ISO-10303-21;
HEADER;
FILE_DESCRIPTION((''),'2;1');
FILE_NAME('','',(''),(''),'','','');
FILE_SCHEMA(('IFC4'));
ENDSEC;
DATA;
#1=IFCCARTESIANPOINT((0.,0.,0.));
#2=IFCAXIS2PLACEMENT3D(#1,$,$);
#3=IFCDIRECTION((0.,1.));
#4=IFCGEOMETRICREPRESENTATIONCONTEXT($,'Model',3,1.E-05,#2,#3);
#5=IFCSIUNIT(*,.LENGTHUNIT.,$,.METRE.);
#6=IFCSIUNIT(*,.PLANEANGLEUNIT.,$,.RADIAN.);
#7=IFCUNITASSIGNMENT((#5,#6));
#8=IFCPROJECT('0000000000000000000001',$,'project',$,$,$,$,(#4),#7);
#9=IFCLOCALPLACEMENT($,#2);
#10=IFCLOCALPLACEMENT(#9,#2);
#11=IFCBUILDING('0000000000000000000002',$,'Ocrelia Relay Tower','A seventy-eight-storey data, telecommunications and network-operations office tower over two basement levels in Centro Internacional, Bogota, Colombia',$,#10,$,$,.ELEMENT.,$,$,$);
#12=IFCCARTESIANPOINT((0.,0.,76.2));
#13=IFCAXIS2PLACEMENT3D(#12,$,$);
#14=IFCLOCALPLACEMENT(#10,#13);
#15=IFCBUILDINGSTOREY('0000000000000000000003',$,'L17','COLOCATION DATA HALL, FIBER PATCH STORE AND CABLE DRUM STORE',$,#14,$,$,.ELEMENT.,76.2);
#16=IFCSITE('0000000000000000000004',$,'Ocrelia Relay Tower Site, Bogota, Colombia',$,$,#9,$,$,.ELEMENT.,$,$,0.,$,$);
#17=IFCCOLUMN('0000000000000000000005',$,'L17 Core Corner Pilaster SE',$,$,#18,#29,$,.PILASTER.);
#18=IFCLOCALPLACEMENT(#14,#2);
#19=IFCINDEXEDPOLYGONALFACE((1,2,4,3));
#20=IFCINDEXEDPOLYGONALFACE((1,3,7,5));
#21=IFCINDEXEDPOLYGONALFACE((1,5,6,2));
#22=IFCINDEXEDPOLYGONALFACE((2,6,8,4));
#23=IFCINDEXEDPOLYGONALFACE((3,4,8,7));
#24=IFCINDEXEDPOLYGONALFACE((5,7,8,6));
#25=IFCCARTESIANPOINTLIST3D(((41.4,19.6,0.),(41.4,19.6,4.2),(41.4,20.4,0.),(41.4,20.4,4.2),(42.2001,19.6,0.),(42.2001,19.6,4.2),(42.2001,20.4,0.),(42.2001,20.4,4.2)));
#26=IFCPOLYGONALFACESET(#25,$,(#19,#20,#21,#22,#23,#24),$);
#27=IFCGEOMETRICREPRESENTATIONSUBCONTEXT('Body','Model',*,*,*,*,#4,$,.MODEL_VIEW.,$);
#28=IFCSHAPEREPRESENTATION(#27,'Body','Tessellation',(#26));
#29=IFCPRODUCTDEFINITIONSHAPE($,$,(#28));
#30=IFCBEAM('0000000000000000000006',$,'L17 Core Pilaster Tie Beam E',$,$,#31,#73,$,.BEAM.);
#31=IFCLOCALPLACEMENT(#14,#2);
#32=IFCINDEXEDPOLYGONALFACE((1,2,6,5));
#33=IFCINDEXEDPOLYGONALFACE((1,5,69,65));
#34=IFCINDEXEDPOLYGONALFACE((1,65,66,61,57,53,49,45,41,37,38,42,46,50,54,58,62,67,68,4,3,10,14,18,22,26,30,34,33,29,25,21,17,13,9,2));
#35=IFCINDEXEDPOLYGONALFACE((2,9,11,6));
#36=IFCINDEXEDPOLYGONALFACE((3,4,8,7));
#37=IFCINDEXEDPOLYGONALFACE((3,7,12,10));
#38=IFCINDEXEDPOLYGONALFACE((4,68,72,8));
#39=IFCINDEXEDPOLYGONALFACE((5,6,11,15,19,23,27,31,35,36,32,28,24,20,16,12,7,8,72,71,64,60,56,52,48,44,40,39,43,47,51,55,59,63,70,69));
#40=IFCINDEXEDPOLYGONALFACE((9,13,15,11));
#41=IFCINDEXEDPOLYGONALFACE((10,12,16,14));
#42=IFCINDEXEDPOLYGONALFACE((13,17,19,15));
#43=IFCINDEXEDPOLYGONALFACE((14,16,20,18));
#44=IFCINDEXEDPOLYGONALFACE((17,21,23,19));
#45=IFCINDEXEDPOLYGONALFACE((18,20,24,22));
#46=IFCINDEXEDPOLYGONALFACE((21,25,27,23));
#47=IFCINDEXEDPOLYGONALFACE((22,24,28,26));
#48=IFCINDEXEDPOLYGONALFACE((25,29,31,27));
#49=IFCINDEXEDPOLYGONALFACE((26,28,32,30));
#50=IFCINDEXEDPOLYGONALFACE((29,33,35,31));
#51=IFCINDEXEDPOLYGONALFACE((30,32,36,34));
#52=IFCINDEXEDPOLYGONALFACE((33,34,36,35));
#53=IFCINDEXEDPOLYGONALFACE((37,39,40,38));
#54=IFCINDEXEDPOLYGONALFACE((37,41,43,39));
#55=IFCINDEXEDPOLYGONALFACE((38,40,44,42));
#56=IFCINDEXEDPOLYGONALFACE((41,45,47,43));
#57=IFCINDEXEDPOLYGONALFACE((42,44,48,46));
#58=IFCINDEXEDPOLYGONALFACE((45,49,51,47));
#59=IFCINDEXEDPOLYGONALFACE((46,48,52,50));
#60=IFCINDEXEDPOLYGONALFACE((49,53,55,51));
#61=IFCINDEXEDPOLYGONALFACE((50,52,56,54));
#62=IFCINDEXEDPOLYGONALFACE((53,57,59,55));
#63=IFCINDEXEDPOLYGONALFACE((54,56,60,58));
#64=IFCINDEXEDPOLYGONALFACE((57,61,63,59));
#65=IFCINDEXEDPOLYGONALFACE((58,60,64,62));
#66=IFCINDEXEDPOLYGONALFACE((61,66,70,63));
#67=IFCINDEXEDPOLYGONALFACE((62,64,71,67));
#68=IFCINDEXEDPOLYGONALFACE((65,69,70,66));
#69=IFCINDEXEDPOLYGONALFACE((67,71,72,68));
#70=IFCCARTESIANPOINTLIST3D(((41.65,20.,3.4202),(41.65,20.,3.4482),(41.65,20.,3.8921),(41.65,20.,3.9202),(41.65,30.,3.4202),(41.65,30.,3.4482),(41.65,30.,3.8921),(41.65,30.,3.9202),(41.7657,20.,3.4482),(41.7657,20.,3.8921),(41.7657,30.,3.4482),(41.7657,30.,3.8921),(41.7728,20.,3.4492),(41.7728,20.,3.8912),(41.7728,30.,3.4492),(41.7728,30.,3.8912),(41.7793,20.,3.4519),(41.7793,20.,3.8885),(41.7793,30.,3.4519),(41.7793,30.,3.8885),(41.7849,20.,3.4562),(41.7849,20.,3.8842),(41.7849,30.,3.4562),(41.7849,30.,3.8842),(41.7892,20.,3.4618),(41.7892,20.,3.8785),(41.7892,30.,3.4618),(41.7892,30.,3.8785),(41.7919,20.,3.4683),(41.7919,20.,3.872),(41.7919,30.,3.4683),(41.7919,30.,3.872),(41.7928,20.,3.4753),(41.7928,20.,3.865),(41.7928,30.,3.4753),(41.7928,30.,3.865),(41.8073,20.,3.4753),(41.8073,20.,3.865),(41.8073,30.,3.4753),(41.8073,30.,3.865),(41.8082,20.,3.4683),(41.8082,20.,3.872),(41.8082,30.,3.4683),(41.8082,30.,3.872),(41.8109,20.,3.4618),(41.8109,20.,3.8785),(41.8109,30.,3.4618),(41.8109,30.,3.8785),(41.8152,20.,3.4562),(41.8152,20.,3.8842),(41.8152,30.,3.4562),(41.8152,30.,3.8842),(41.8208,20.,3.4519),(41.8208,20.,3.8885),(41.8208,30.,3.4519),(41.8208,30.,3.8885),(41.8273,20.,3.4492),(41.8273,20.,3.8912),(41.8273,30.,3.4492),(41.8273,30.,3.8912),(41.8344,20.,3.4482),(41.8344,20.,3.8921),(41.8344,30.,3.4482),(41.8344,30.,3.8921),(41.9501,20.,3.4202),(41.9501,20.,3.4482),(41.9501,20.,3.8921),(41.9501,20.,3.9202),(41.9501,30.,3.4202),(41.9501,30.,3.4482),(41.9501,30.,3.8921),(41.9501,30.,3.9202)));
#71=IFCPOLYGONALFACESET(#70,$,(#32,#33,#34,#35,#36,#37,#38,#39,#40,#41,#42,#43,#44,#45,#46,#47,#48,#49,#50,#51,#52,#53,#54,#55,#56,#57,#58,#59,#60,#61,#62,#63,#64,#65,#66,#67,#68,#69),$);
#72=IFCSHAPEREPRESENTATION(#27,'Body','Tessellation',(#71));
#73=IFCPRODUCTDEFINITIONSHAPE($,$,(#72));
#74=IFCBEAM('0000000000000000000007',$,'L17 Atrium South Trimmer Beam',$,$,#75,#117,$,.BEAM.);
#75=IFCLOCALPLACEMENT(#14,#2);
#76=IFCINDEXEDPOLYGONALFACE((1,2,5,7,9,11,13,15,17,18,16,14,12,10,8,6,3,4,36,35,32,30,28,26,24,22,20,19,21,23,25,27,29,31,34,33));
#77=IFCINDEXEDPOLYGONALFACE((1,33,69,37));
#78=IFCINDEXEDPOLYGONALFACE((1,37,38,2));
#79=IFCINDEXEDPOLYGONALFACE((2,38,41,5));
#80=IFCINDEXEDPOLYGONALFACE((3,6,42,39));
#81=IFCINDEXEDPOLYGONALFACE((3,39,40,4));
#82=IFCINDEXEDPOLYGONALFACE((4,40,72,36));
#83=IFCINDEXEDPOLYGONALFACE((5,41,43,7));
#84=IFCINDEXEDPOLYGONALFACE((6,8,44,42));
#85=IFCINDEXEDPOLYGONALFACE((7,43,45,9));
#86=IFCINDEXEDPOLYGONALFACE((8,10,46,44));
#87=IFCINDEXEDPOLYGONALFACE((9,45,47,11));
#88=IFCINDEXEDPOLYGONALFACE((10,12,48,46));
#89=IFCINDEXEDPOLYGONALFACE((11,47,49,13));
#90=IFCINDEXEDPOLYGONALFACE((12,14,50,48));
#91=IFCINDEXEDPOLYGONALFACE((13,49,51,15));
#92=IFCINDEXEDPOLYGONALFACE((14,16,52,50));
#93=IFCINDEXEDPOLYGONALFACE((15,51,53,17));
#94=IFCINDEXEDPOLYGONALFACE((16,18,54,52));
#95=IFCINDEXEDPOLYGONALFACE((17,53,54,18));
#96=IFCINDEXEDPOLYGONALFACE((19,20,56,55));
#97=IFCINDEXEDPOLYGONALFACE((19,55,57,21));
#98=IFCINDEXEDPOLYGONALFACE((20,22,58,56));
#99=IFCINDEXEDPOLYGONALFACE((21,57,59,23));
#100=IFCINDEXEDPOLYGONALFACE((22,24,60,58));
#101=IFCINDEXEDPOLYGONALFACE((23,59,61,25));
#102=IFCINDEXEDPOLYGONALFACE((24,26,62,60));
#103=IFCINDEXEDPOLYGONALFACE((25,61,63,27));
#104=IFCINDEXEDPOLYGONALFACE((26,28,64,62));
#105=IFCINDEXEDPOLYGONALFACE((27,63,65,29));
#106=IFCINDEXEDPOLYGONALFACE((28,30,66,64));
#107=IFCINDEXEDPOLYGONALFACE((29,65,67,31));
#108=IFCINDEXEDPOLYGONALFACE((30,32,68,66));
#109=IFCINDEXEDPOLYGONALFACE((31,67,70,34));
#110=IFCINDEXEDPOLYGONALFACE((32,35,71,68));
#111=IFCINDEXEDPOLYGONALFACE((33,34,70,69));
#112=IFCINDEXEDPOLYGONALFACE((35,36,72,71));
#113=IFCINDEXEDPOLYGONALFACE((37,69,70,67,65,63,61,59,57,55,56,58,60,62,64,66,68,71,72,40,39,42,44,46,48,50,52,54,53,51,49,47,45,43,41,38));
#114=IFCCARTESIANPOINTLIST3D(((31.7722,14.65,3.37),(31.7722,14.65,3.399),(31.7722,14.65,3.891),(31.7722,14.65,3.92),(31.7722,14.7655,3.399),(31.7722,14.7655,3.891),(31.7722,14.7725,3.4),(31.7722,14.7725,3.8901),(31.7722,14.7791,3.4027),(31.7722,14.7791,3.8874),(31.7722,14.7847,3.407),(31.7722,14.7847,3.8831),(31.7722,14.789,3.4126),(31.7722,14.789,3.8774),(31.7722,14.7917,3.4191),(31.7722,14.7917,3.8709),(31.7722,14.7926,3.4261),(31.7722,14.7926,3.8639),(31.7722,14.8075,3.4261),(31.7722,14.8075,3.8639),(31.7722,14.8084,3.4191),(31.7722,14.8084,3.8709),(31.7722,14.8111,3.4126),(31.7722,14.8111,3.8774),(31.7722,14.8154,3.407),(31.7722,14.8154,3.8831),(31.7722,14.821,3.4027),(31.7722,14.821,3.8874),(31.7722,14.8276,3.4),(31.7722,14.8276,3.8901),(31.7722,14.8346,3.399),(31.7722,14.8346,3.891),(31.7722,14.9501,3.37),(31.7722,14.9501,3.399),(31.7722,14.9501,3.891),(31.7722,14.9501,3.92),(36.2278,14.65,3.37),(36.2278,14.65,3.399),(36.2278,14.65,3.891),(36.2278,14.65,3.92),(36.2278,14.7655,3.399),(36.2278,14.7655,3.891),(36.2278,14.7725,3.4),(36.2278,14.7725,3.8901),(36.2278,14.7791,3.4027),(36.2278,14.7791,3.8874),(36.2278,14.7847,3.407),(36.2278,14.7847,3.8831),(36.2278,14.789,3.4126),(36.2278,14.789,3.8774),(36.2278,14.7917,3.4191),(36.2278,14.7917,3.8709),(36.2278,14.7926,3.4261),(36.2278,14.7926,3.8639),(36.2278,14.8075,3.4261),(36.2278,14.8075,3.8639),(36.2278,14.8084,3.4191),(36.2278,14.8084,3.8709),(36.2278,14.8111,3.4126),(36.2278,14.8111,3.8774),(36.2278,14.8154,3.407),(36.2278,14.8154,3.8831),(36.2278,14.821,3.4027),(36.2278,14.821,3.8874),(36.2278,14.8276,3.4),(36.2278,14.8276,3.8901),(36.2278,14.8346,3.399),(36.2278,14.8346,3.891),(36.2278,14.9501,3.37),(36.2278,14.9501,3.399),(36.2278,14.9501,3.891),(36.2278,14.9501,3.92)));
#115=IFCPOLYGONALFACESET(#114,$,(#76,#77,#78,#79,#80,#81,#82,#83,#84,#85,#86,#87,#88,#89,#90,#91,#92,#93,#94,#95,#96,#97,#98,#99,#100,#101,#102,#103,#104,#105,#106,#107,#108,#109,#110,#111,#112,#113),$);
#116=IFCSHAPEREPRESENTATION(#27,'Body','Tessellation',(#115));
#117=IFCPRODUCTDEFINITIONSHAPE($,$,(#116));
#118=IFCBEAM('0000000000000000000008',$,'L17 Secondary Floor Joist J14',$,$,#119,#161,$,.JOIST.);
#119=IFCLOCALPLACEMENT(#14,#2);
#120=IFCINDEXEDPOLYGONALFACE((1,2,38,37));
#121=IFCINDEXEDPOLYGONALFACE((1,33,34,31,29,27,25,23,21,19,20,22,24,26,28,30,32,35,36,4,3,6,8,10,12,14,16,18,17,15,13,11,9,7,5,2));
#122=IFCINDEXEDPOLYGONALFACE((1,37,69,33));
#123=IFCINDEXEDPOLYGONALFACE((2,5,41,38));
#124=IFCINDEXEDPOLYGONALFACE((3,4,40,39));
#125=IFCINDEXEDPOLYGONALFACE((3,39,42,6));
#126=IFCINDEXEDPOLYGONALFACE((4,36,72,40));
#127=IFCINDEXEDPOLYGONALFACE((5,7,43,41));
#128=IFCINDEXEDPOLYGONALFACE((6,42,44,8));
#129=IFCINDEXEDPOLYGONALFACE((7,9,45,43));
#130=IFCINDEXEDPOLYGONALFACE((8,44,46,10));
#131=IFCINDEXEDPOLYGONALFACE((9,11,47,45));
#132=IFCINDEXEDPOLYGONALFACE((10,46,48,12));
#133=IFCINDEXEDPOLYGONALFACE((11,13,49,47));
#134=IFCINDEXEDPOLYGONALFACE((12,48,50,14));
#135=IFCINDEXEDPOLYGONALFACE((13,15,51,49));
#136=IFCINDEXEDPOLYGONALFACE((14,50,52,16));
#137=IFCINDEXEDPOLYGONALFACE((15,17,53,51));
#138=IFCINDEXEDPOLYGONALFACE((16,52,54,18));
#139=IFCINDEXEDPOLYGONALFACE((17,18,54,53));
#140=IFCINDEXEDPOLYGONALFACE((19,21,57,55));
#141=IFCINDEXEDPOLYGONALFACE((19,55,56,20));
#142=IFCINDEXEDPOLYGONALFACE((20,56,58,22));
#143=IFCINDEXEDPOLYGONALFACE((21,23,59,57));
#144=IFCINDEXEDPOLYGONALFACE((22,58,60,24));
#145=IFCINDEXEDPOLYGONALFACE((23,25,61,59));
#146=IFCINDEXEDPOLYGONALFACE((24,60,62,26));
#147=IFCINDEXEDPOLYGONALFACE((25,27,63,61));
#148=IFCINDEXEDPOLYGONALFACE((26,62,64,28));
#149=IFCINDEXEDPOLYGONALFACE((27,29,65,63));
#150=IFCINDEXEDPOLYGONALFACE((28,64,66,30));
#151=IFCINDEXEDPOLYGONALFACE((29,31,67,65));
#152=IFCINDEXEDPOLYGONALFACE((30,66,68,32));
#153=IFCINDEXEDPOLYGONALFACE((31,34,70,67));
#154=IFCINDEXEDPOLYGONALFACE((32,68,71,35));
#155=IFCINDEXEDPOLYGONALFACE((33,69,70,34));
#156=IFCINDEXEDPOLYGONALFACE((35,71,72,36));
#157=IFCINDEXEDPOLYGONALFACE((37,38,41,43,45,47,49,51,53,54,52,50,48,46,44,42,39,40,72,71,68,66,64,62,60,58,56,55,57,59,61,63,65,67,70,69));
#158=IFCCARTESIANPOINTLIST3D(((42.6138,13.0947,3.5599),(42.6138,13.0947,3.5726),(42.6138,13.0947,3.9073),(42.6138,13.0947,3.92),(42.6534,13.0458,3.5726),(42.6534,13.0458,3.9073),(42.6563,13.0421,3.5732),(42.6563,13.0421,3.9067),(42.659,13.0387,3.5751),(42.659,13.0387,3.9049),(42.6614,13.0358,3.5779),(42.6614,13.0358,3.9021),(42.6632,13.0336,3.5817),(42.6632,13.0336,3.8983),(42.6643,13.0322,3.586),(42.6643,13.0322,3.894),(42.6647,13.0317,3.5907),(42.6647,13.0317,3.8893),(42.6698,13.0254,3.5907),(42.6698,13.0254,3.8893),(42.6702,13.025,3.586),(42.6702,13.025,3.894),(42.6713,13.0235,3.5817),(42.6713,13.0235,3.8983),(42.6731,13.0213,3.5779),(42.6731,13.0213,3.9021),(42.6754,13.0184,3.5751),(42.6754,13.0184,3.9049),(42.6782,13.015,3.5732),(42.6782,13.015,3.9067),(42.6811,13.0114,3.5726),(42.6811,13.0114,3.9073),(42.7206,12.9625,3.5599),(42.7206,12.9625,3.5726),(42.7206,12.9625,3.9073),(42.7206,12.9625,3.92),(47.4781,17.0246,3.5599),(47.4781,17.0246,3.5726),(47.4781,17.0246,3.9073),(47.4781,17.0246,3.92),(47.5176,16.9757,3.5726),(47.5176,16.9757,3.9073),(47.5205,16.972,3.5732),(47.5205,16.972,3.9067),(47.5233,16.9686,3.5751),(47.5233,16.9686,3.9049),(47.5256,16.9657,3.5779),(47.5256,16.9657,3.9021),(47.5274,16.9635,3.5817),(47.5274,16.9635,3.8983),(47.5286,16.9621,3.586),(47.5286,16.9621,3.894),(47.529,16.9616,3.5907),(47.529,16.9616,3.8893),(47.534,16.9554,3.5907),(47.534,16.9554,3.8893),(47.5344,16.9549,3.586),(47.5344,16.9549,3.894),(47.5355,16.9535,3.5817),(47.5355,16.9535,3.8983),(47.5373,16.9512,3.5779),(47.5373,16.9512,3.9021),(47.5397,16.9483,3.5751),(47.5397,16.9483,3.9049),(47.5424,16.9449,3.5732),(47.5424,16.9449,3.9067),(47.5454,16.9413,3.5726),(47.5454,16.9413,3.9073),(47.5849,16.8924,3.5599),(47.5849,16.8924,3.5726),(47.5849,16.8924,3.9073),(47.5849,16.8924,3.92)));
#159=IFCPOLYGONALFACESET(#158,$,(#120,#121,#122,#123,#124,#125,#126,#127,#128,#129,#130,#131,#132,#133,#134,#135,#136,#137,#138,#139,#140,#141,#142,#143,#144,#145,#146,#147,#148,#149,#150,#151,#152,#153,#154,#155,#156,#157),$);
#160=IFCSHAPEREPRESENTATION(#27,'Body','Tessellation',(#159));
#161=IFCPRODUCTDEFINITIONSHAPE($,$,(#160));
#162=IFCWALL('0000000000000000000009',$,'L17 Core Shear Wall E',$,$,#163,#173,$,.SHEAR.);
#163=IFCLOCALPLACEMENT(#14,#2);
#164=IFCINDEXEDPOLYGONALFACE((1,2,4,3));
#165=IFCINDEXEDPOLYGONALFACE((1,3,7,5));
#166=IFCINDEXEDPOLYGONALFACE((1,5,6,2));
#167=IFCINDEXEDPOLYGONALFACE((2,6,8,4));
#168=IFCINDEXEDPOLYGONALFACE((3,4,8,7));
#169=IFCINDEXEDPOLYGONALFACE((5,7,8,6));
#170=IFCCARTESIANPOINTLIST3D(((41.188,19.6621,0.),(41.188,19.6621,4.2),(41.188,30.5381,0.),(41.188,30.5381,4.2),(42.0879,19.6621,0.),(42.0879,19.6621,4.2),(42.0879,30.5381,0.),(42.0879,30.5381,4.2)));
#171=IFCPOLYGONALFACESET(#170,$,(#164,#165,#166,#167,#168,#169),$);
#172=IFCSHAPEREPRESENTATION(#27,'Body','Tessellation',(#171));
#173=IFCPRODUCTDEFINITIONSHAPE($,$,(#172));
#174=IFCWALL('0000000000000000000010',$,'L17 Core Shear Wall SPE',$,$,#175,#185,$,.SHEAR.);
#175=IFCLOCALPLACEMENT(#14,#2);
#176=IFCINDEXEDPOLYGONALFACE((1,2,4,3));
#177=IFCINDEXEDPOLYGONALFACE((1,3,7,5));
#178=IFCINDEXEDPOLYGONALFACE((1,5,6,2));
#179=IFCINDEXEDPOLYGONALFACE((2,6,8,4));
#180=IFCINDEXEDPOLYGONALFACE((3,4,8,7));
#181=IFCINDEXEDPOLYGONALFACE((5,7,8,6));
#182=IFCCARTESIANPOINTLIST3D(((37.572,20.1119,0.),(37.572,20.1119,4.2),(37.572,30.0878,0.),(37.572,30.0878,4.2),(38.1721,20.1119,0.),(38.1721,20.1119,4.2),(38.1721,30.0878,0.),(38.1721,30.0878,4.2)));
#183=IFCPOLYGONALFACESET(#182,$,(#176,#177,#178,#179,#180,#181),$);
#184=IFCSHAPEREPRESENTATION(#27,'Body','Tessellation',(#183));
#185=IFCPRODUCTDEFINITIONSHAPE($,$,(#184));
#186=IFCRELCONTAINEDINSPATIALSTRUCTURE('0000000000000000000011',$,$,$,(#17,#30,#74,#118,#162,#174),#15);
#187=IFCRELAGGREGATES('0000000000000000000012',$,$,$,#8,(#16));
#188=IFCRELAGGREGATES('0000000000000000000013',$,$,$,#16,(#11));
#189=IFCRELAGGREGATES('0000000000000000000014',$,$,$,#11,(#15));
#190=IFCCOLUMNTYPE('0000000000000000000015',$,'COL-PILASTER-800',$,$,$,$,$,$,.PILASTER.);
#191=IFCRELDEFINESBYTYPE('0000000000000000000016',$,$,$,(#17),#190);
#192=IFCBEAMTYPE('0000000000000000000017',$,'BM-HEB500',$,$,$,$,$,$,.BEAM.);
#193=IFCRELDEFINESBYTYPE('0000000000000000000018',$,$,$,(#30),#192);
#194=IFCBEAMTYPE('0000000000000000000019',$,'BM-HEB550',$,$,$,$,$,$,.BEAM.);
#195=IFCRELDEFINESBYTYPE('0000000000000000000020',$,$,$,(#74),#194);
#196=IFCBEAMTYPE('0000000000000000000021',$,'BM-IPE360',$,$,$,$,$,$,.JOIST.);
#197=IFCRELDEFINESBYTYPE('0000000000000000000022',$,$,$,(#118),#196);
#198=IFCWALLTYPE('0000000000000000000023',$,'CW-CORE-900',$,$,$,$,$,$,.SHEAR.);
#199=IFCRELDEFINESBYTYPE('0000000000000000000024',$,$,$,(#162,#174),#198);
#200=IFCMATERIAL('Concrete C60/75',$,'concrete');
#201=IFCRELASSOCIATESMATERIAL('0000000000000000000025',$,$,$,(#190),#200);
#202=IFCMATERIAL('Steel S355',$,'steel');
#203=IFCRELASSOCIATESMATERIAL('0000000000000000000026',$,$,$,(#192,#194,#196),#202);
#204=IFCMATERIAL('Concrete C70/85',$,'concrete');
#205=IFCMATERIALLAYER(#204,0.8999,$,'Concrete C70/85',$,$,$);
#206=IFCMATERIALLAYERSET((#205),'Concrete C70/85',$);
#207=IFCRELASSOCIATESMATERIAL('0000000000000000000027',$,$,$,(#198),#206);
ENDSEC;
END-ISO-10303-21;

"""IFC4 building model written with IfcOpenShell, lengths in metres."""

from ifc_helpers import new_model, si_unit, direction, frame, frame_2d, origin, origin_2d, place, context, subcontext, project, spatial, rectangle, i_section, extrude, material, layer, layer_set, material_profile, profile_set, type_object, element, save


model = new_model("IFC4")

# Units and contexts
model_context = context("Model", 3, precision=1e-05, world=origin(), true_north=direction((0.0, 1.0)))
body_context = subcontext(model_context, "Body", "Model", "MODEL_VIEW")
ifc_project = project(units=[si_unit("LENGTHUNIT", "METRE"), si_unit("PLANEANGLEUNIT", "RADIAN")], contexts=[model_context])

# Site, building, storey
site_placement = place(None, origin())
site = spatial("IfcSite", under=ifc_project, at=site_placement, Name="Ocrelia Relay Tower Site, Bogota, Colombia", CompositionType="ELEMENT", RefElevation=0.0)
building_placement = place(site_placement, origin())
building = spatial("IfcBuilding", under=site, at=building_placement, Name="Ocrelia Relay Tower", Description="A seventy-eight-storey data, telecommunications and network-operations office tower over two basement levels in Centro Internacional, Bogota, Colombia", CompositionType="ELEMENT")
storey_placement = place(building_placement, frame((0.0, 0.0, 76.2)))
storey = spatial("IfcBuildingStorey", under=building, at=storey_placement, Name="L17", Description="COLOCATION DATA HALL, FIBER PATCH STORE AND CABLE DRUM STORE", CompositionType="ELEMENT", Elevation=76.2)

# Column
ifc_material_1 = material(Name="Concrete C60/75", Category="concrete")
ifc_material_profile_1 = material_profile(ifc_material_1, rectangle(XDim=0.8, YDim=0.8, at=origin_2d()), Name="RC-COL-800x800")
ifc_profile_set_1 = profile_set([ifc_material_profile_1], Name="Concrete C60/75")
column_type = type_object("IfcColumnType", Name="COL-PILASTER-800", PredefinedType="PILASTER", material=ifc_profile_set_1)
column_placement = place(storey_placement, frame((41.8, 20.0, 0.0), z_axis=(0.0, 0.0, 1.0), x_axis=(1.0, 0.0, 0.0)))
element("IfcColumn", 1, at=column_placement, inside=storey, type_object=column_type, Name="L17 Core Corner Pilaster SE", PredefinedType="PILASTER", context=body_context, shape_type="SweptSolid", body=[
    extrude(rectangle(XDim=0.8, YDim=0.8, at=origin_2d()), origin(), (0.0, 0.0, 1.0), 4.2),
])

# Beams
ifc_material_2 = material(Name="Steel S355", Category="steel")
ifc_material_profile_2 = material_profile(ifc_material_2, i_section(OverallWidth=0.3, OverallDepth=0.5, WebThickness=0.0144, FlangeThickness=0.0281, FilletRadius=0.0271, at=origin_2d()), Name="HEB 500")
ifc_profile_set_2 = profile_set([ifc_material_profile_2], Name="Steel S355")
beam_type_1 = type_object("IfcBeamType", Name="BM-HEB500", PredefinedType="BEAM", material=ifc_profile_set_2)
beam_1_placement = place(storey_placement, frame((41.8, 20.0, 3.6702), z_axis=(0.0, 1.0, 0.0), x_axis=(-1.0, 0.0, 0.0)))
element("IfcBeam", 2, at=beam_1_placement, inside=storey, type_object=beam_type_1, Name="L17 Core Pilaster Tie Beam E", PredefinedType="BEAM", context=body_context, shape_type="SweptSolid", body=[
    extrude(i_section(OverallWidth=0.3, OverallDepth=0.5, WebThickness=0.0144, FlangeThickness=0.0281, FilletRadius=0.0271, at=origin_2d()), origin(), (0.0, 0.0, 1.0), 10.0),
])
ifc_material_profile_3 = material_profile(ifc_material_2, i_section(OverallWidth=0.3, OverallDepth=0.55, WebThickness=0.0149, FlangeThickness=0.0291, FilletRadius=0.0271, at=origin_2d()), Name="HEB 550")
ifc_profile_set_3 = profile_set([ifc_material_profile_3], Name="Steel S355")
beam_type_2 = type_object("IfcBeamType", Name="BM-HEB550", PredefinedType="BEAM", material=ifc_profile_set_3)
beam_2_placement = place(storey_placement, frame((31.7722, 14.8, 3.645), z_axis=(1.0, 0.0, 0.0), x_axis=(0.0, 1.0, 0.0)))
element("IfcBeam", 3, at=beam_2_placement, inside=storey, type_object=beam_type_2, Name="L17 Atrium South Trimmer Beam", PredefinedType="BEAM", context=body_context, shape_type="SweptSolid", body=[
    extrude(i_section(OverallWidth=0.3, OverallDepth=0.55, WebThickness=0.0149, FlangeThickness=0.0291, FilletRadius=0.0271, at=origin_2d()), origin(), (0.0, 0.0, 1.0), 4.4556),
])
ifc_material_profile_4 = material_profile(ifc_material_2, i_section(OverallWidth=0.1699, OverallDepth=0.3601, WebThickness=0.0081, FlangeThickness=0.0127, FilletRadius=0.0181, at=origin_2d()), Name="IPE 360")
ifc_profile_set_4 = profile_set([ifc_material_profile_4], Name="Steel S355")
beam_type_3 = type_object("IfcBeamType", Name="BM-IPE360", PredefinedType="JOIST", material=ifc_profile_set_4)
beam_3_placement = place(storey_placement, frame((42.6672, 13.0286, 3.74), z_axis=(0.777855, 0.628444, 0.0), x_axis=(-0.628444, 0.777855, 0.0)))
element("IfcBeam", 4, at=beam_3_placement, inside=storey, type_object=beam_type_3, Name="L17 Secondary Floor Joist J14", PredefinedType="JOIST", context=body_context, shape_type="SweptSolid", body=[
    extrude(i_section(OverallWidth=0.1699, OverallDepth=0.3601, WebThickness=0.0081, FlangeThickness=0.0127, FilletRadius=0.0181, at=origin_2d()), origin(), (0.0, 0.0, 1.0), 6.2534),
])

# Walls
ifc_material_3 = material(Name="Concrete C70/85", Category="concrete")
ifc_layer_1 = layer(ifc_material_3, 0.8999, Name="Concrete C70/85")
ifc_layer_set_1 = layer_set([ifc_layer_1], Name="Concrete C70/85")
wall_type_1 = type_object("IfcWallType", Name="CW-CORE-900", PredefinedType="SHEAR", material=ifc_layer_set_1)
wall_1_placement = place(storey_placement, frame((41.6379, 19.6621, 0.0), z_axis=(0.0, 0.0, 1.0), x_axis=(0.0, 1.0, 0.0)))
element("IfcWall", 5, at=wall_1_placement, inside=storey, type_object=wall_type_1, Name="L17 Core Shear Wall E", PredefinedType="SHEAR", context=body_context, shape_type="SweptSolid", body=[
    extrude(rectangle(XDim=10.876, YDim=0.8999, at=frame_2d((5.438, 0.0))), origin(), (0.0, 0.0, 1.0), 4.2),
])
wall_2_placement = place(storey_placement, frame((37.8721, 20.1121, 0.0), z_axis=(0.0, 0.0, 1.0), x_axis=(0.0, 1.0, 0.0)))
element("IfcWall", 6, at=wall_2_placement, inside=storey, type_object=wall_type_1, Name="L17 Core Shear Wall SPE", PredefinedType="SHEAR", context=body_context, shape_type="SweptSolid", body=[
    extrude(rectangle(XDim=9.9758, YDim=0.6001, at=frame_2d((4.9878, 0.0))), origin(), (0.0, 0.0, 1.0), 4.2),
])

save(model, "model.ifc")
